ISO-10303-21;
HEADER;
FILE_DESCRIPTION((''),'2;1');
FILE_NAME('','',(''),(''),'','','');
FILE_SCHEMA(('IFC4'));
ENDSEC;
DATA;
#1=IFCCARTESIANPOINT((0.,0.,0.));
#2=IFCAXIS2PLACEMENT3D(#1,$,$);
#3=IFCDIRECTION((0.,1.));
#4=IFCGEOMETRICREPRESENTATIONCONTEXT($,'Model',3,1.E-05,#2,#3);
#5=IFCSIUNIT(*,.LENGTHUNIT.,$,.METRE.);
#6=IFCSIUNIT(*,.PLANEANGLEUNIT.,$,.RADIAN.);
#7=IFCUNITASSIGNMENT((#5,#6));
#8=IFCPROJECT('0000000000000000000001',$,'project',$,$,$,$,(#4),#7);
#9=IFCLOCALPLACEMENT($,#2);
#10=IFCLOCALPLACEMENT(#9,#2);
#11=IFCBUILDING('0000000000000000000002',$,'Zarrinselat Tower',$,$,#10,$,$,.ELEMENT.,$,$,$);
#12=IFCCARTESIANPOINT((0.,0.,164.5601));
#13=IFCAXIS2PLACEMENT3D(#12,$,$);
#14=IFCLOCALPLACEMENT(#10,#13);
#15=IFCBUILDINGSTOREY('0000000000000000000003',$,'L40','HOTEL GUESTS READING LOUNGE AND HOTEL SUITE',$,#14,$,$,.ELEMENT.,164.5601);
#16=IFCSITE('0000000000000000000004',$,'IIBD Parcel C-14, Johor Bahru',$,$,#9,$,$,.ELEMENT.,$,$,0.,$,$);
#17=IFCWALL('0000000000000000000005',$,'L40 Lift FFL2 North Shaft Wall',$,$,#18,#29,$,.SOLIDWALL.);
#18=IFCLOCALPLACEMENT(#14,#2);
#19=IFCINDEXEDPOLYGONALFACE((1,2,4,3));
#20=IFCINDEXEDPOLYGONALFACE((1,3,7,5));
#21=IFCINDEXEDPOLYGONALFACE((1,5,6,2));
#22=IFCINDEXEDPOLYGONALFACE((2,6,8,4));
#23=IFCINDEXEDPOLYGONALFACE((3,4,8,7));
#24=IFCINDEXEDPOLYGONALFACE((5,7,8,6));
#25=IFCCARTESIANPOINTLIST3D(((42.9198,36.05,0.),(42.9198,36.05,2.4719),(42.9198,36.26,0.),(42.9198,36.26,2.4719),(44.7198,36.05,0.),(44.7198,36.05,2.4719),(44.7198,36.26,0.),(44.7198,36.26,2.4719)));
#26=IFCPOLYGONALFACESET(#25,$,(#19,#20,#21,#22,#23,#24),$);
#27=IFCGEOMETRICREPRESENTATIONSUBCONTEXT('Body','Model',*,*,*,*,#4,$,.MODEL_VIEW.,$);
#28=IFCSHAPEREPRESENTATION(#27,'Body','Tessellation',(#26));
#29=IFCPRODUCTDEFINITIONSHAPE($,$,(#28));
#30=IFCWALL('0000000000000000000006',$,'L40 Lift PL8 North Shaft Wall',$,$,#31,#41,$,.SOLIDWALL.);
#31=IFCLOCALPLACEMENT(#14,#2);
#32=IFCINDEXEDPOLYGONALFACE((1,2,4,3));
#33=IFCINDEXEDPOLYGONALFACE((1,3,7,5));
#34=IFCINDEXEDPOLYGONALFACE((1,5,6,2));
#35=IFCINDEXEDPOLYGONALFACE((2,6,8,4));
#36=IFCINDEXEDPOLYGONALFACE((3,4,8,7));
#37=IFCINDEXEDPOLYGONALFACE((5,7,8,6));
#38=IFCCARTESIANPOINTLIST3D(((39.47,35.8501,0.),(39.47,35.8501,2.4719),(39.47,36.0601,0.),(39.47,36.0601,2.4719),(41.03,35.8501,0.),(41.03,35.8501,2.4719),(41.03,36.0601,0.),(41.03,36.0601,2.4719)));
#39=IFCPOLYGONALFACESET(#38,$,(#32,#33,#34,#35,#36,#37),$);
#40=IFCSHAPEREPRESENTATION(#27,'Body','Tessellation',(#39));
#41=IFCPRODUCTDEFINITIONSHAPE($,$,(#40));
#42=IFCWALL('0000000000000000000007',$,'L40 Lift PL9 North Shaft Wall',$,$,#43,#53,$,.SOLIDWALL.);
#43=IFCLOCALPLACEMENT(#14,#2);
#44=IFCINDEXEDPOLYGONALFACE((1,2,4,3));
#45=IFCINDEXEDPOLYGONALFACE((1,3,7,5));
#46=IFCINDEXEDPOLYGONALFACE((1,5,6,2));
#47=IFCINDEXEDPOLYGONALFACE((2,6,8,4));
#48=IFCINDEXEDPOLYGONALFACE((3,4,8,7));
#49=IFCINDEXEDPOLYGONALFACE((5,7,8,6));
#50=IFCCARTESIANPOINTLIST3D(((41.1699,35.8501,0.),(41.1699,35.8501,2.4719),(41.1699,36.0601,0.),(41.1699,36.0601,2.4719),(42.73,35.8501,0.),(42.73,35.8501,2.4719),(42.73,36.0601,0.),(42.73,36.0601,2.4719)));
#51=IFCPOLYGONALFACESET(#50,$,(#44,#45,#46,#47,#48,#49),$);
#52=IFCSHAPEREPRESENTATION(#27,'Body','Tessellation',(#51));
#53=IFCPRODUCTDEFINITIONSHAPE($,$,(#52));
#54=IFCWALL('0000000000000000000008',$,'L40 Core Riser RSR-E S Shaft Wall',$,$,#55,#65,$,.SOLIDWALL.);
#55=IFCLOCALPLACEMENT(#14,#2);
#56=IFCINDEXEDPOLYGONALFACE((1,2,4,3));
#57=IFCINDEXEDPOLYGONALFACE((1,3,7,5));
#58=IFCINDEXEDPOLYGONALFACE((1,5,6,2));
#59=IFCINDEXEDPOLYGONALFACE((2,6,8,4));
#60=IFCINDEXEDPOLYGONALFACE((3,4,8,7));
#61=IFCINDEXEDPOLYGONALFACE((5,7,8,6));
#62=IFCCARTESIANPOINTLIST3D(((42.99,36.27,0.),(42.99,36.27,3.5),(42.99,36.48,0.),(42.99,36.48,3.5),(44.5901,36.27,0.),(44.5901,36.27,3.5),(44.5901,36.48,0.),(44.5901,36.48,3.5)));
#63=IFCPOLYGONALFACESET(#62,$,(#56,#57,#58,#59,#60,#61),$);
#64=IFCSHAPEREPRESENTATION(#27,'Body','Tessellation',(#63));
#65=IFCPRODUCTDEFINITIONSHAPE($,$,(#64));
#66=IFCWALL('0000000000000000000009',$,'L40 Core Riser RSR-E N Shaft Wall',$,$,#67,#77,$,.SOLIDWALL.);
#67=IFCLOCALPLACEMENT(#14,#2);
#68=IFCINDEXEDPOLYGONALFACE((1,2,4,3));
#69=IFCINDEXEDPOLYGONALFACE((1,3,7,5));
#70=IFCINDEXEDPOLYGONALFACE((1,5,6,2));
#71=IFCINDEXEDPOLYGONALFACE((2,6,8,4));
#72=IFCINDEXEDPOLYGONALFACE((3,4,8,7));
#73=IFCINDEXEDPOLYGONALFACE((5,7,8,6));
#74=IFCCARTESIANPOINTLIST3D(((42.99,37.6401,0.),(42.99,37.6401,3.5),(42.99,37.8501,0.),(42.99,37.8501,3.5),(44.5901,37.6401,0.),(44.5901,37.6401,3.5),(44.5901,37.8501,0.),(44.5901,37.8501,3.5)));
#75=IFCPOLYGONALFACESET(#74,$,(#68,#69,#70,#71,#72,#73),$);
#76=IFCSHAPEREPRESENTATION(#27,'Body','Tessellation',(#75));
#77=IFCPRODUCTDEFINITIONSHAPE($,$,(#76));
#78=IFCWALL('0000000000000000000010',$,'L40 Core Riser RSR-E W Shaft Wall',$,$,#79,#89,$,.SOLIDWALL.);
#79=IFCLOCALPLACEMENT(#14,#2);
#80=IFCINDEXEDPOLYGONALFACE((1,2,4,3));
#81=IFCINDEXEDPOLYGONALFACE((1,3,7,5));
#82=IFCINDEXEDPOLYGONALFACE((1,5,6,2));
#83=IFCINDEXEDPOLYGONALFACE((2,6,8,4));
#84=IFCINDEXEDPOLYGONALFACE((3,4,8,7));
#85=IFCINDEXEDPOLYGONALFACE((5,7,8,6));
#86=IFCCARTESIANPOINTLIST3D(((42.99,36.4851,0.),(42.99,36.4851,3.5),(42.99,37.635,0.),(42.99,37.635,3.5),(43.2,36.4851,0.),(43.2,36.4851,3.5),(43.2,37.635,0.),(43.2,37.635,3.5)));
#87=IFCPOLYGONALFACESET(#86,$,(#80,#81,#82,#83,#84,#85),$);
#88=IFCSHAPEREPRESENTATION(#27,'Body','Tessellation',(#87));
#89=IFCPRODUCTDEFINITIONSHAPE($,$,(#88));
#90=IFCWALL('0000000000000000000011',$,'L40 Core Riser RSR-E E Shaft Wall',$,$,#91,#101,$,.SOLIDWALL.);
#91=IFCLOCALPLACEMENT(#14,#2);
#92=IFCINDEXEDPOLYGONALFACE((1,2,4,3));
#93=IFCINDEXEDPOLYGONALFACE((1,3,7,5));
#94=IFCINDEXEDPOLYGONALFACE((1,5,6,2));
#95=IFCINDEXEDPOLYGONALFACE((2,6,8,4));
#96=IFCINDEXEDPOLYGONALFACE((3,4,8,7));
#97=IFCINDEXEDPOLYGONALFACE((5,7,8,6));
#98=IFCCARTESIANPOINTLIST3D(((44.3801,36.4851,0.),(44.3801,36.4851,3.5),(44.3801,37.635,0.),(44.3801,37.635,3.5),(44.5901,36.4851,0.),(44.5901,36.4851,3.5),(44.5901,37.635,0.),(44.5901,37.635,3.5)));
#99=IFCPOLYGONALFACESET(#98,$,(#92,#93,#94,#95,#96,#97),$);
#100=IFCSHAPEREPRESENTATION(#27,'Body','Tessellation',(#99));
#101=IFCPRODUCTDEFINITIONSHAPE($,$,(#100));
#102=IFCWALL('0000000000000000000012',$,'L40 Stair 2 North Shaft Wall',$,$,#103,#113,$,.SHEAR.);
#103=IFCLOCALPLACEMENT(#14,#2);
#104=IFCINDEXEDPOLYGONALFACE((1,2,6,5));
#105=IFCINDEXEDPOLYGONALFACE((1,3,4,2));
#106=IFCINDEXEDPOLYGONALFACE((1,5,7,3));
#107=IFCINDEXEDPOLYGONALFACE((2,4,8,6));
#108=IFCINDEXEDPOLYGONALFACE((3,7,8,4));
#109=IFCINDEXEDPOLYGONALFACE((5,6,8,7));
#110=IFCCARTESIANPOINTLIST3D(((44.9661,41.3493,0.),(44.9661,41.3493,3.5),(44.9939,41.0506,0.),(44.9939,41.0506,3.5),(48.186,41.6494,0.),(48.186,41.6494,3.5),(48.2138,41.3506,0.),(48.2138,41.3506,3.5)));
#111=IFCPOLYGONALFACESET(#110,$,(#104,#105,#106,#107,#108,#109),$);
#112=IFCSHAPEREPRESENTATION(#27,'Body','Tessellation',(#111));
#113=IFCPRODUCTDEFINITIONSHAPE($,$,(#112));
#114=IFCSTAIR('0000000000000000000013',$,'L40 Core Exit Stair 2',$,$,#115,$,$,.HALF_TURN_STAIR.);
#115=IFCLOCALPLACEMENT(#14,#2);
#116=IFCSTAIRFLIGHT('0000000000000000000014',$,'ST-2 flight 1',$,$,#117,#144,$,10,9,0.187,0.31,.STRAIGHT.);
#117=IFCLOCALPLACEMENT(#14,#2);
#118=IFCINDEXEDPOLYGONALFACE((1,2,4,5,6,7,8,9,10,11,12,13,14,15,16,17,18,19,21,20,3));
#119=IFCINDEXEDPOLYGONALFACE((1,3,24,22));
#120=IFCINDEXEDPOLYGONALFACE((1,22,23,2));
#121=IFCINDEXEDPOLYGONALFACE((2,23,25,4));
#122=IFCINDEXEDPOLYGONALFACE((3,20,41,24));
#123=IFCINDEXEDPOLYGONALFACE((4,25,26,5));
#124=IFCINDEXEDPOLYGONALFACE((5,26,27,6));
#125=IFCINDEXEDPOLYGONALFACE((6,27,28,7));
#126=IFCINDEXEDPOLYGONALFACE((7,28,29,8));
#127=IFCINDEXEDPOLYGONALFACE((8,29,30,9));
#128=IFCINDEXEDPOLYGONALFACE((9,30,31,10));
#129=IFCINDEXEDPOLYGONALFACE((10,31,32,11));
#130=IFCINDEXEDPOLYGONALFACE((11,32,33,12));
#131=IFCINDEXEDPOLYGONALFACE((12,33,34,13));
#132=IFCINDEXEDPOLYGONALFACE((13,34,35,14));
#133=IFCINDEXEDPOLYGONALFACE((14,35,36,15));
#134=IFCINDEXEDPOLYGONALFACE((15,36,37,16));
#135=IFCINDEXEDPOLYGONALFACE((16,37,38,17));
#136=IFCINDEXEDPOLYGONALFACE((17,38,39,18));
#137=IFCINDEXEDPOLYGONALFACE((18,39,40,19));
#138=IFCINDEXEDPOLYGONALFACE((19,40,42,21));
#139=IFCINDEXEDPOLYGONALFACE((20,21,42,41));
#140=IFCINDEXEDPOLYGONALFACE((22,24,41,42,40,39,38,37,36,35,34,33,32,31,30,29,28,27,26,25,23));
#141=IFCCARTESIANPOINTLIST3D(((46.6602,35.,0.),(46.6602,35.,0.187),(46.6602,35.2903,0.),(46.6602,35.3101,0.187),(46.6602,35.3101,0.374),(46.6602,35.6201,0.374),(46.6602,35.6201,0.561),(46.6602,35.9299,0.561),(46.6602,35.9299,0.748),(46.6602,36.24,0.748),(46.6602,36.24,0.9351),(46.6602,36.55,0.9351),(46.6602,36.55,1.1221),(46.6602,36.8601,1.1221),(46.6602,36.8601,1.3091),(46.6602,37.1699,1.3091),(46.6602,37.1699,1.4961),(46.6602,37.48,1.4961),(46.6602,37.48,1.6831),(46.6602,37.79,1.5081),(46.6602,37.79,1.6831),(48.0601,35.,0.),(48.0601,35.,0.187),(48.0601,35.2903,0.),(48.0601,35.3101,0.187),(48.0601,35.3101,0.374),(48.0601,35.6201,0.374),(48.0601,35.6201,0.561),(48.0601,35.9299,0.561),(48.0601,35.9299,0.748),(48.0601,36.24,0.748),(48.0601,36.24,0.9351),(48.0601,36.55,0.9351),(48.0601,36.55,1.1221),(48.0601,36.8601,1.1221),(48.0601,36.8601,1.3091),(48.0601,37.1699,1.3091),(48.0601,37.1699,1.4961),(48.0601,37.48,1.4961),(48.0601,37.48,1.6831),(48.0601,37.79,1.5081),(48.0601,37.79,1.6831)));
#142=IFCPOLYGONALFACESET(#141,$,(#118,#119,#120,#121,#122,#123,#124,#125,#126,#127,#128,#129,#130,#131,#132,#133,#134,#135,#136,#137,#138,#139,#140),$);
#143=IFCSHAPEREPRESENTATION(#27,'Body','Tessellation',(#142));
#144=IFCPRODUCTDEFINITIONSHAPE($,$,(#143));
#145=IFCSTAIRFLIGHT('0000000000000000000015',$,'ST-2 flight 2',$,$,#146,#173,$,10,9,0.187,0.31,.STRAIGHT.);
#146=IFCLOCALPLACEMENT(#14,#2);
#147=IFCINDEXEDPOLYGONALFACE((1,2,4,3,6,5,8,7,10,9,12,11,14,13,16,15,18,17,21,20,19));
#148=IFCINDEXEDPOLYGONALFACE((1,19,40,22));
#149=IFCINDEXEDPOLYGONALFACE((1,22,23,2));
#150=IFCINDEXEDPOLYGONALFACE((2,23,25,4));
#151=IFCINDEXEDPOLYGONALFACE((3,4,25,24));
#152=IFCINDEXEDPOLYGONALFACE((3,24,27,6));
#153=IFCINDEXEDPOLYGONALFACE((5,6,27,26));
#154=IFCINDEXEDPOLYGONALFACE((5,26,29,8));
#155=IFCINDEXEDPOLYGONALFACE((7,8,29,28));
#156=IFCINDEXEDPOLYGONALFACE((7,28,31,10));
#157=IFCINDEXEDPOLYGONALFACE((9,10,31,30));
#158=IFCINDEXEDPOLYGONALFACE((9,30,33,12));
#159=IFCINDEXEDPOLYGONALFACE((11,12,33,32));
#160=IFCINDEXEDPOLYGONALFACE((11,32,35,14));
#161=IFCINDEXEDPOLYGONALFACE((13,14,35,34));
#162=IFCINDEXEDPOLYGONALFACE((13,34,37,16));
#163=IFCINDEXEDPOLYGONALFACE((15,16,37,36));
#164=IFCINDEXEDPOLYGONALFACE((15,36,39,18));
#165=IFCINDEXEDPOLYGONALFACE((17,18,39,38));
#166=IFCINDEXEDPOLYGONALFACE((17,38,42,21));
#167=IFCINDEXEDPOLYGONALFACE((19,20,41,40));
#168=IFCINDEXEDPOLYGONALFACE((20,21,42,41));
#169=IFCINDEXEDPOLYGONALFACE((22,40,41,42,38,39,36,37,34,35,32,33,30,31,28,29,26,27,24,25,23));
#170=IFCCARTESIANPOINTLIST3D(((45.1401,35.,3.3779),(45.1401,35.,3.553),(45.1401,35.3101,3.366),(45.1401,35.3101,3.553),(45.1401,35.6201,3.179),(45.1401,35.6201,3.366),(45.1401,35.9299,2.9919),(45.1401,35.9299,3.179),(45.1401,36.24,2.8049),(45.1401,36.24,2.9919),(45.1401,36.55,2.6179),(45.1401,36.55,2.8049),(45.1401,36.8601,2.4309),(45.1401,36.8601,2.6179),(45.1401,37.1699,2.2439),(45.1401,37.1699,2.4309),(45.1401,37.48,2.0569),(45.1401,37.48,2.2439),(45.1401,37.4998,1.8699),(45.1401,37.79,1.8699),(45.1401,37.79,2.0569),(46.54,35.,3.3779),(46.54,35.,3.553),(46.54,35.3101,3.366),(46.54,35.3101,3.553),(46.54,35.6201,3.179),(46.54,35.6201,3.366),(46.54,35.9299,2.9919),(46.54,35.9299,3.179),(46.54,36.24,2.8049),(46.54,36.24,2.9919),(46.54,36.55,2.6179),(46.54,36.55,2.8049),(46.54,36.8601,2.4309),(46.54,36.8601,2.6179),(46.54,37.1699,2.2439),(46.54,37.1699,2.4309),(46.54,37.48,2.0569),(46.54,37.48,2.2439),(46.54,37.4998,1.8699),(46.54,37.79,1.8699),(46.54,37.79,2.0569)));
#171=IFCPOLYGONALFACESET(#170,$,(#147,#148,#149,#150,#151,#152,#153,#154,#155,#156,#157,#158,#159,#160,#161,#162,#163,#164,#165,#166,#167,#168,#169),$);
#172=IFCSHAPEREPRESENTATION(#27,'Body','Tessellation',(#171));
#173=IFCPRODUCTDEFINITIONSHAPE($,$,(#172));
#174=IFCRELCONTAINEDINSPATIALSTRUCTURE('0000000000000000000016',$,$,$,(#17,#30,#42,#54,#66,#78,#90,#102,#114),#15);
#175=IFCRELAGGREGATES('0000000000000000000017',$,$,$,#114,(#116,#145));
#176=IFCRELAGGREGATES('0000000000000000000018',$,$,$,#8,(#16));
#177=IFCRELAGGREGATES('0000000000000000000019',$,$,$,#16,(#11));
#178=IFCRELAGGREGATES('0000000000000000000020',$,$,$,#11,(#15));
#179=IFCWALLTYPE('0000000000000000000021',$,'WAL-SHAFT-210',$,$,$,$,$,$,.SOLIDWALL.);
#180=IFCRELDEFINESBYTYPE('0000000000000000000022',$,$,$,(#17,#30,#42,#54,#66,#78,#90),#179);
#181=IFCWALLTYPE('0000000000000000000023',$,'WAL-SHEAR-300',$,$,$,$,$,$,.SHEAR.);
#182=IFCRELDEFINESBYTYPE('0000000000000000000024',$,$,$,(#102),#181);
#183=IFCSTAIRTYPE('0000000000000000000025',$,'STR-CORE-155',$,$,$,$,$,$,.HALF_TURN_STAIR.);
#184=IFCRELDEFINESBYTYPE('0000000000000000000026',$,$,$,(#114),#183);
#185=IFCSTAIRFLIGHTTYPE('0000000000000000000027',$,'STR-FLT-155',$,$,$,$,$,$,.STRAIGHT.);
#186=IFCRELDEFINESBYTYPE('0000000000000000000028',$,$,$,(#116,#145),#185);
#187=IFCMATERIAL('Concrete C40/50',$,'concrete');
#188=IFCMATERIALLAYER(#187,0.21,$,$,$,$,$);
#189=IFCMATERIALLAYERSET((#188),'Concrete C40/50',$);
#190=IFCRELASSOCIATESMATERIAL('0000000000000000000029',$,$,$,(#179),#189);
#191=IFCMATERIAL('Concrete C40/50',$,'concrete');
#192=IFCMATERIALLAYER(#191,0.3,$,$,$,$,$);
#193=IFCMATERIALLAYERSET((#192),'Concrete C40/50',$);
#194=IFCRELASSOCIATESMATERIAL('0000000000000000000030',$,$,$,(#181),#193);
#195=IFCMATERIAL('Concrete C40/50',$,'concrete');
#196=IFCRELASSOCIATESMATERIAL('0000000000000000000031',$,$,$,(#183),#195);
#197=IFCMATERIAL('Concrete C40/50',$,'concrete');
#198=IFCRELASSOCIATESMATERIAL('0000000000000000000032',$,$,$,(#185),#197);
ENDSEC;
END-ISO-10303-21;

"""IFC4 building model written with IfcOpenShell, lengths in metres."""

from ifc_helpers import new_model, si_unit, direction, frame, frame_2d, origin, place, context, subcontext, project, spatial, polyline, rectangle, outline, extrude, material, layer, layer_set, type_object, element, aggregate, save


model = new_model("IFC4")

# Units and contexts
model_context = context("Model", 3, precision=1e-05, world=origin(), true_north=direction((0.0, 1.0)))
body_context = subcontext(model_context, "Body", "Model", "MODEL_VIEW")
ifc_project = project(units=[si_unit("LENGTHUNIT", "METRE"), si_unit("PLANEANGLEUNIT", "RADIAN")], contexts=[model_context])

# Site, building, storey
site_placement = place(None, origin())
site = spatial("IfcSite", under=ifc_project, at=site_placement, Name="IIBD Parcel C-14, Johor Bahru", CompositionType="ELEMENT", RefElevation=0.0)
building_placement = place(site_placement, origin())
building = spatial("IfcBuilding", under=site, at=building_placement, Name="Zarrinselat Tower", CompositionType="ELEMENT")
storey_placement = place(building_placement, frame((0.0, 0.0, 164.5601)))
storey = spatial("IfcBuildingStorey", under=building, at=storey_placement, Name="L40", Description="HOTEL GUESTS READING LOUNGE AND HOTEL SUITE", CompositionType="ELEMENT", Elevation=164.5601)

# Walls
ifc_material_1 = material(Name="Concrete C40/50", Category="concrete")
ifc_layer_1 = layer(ifc_material_1, 0.21)
ifc_layer_set_1 = layer_set([ifc_layer_1], Name="Concrete C40/50")
wall_type_1 = type_object("IfcWallType", Name="WAL-SHAFT-210", PredefinedType="SOLIDWALL", material=ifc_layer_set_1)
wall_1_placement = place(storey_placement, frame((42.9199, 36.155, 0.0), z_axis=(0.0, 0.0, 1.0), x_axis=(1.0, 0.0, 0.0)))
element("IfcWall", 1, at=wall_1_placement, inside=storey, type_object=wall_type_1, Name="L40 Lift FFL2 North Shaft Wall", PredefinedType="SOLIDWALL", context=body_context, shape_type="SweptSolid", body=[
    extrude(rectangle(XDim=1.8, YDim=0.21, at=frame_2d((0.8999, 0.0))), origin(), (0.0, 0.0, 1.0), 2.4719),
])
for number, where, z_axis, x_axis, name in (
    (2, (39.47, 35.9551, 0.0), (0.0, 0.0, 1.0), (1.0, 0.0, 0.0), "L40 Lift PL8 North Shaft Wall"),
    (3, (41.1699, 35.9551, 0.0), (0.0, 0.0, 1.0), (1.0, 0.0, 0.0), "L40 Lift PL9 North Shaft Wall"),
):
    element("IfcWall", number, at=place(storey_placement, frame(where, z_axis=z_axis, x_axis=x_axis)), inside=storey, type_object=wall_type_1, Name=name, PredefinedType="SOLIDWALL", context=body_context, shape_type="SweptSolid", body=[
        extrude(rectangle(XDim=1.5601, YDim=0.21, at=frame_2d((0.78, 0.0))), origin(), (0.0, 0.0, 1.0), 2.4719),
    ])
for number, where, z_axis, x_axis, name in (
    (4, (42.99, 36.375, 0.0), (0.0, 0.0, 1.0), (1.0, 0.0, 0.0), "L40 Core Riser RSR-E S Shaft Wall"),
    (5, (42.99, 37.7451, 0.0), (0.0, 0.0, 1.0), (1.0, 0.0, 0.0), "L40 Core Riser RSR-E N Shaft Wall"),
):
    element("IfcWall", number, at=place(storey_placement, frame(where, z_axis=z_axis, x_axis=x_axis)), inside=storey, type_object=wall_type_1, Name=name, PredefinedType="SOLIDWALL", context=body_context, shape_type="SweptSolid", body=[
        extrude(rectangle(XDim=1.6001, YDim=0.21, at=frame_2d((0.8, 0.0))), origin(), (0.0, 0.0, 1.0), 3.5),
    ])
for number, where, z_axis, x_axis, name in (
    (6, (43.095, 36.4851, 0.0), (0.0, 0.0, 1.0), (0.0, 1.0, 0.0), "L40 Core Riser RSR-E W Shaft Wall"),
    (7, (44.4851, 36.4851, 0.0), (0.0, 0.0, 1.0), (0.0, 1.0, 0.0), "L40 Core Riser RSR-E E Shaft Wall"),
):
    element("IfcWall", number, at=place(storey_placement, frame(where, z_axis=z_axis, x_axis=x_axis)), inside=storey, type_object=wall_type_1, Name=name, PredefinedType="SOLIDWALL", context=body_context, shape_type="SweptSolid", body=[
        extrude(rectangle(XDim=1.1499, YDim=0.21, at=frame_2d((0.575, 0.0))), origin(), (0.0, 0.0, 1.0), 3.5),
    ])
ifc_material_2 = material(Name="Concrete C40/50", Category="concrete")
ifc_layer_2 = layer(ifc_material_2, 0.3)
ifc_layer_set_2 = layer_set([ifc_layer_2], Name="Concrete C40/50")
wall_type_2 = type_object("IfcWallType", Name="WAL-SHEAR-300", PredefinedType="SHEAR", material=ifc_layer_set_2)
wall_2_placement = place(storey_placement, frame((44.98, 41.2, 0.0), z_axis=(0.0, 0.0, 1.0), x_axis=(0.995686, 0.092782, 0.0)))
element("IfcWall", 8, at=wall_2_placement, inside=storey, type_object=wall_type_2, Name="L40 Stair 2 North Shaft Wall", PredefinedType="SHEAR", context=body_context, shape_type="SweptSolid", body=[
    extrude(rectangle(XDim=3.2339, YDim=0.3, at=frame_2d((1.6169, 0.0))), origin(), (0.0, 0.0, 1.0), 3.5),
])

# Stair, stair flights
ifc_material_3 = material(Name="Concrete C40/50", Category="concrete")
stair_type = type_object("IfcStairType", Name="STR-CORE-155", PredefinedType="HALF_TURN_STAIR", material=ifc_material_3)
stair_placement = place(storey_placement, origin())
stair = element("IfcStair", 9, at=stair_placement, inside=storey, type_object=stair_type, Name="L40 Core Exit Stair 2", PredefinedType="HALF_TURN_STAIR")
ifc_material_4 = material(Name="Concrete C40/50", Category="concrete")
stair_flight_type = type_object("IfcStairFlightType", Name="STR-FLT-155", PredefinedType="STRAIGHT", material=ifc_material_4)
stair_flight_1_placement = place(storey_placement, frame((47.3601, 35.0, 0.0), z_axis=(0.0, 0.0, 1.0), x_axis=(0.0, 1.0, 0.0)))
stair_flight_1 = element("IfcStairFlight", 10, at=stair_flight_1_placement, type_object=stair_flight_type, Name="ST-2 flight 1", NumberOfRisers=10, NumberOfTreads=9, PredefinedType="STRAIGHT", RiserHeight=0.187, TreadLength=0.31, context=body_context, shape_type="SweptSolid", body=[
    extrude(outline(polyline([(0.0, 0.0), (0.0, 0.187), (0.3101, 0.187), (0.3101, 0.374), (0.6201, 0.374), (0.6201, 0.561), (0.9299, 0.561), (0.9299, 0.748), (1.24, 0.748), (1.24, 0.9351), (1.55, 0.9351), (1.55, 1.1221), (1.8601, 1.1221), (1.8601, 1.3091), (2.1699, 1.3091), (2.1699, 1.4961), (2.48, 1.4961), (2.48, 1.6831), (2.79, 1.6831), (2.79, 1.8701), (2.79, 1.5081), (0.2903, 0.0), (0.0, 0.0)])), frame((0.0, 0.7, 0.0), z_axis=(0.0, -1.0, 0.0), x_axis=(1.0, 0.0, 0.0)), (0.0, 0.0, 1.0), 1.3999),
])
stair_flight_2_placement = place(storey_placement, frame((45.8401, 37.79, 1.8699), z_axis=(0.0, 0.0, 1.0), x_axis=(0.0, -1.0, 0.0)))
stair_flight_2 = element("IfcStairFlight", 11, at=stair_flight_2_placement, type_object=stair_flight_type, Name="ST-2 flight 2", NumberOfRisers=10, NumberOfTreads=9, PredefinedType="STRAIGHT", RiserHeight=0.187, TreadLength=0.31, context=body_context, shape_type="SweptSolid", body=[
    extrude(outline(polyline([(0.0, 0.0), (0.0, 0.187), (0.3101, 0.187), (0.3101, 0.374), (0.6201, 0.374), (0.6201, 0.561), (0.9299, 0.561), (0.9299, 0.748), (1.24, 0.748), (1.24, 0.9351), (1.55, 0.9351), (1.55, 1.1221), (1.8601, 1.1221), (1.8601, 1.3091), (2.1699, 1.3091), (2.1699, 1.4961), (2.48, 1.4961), (2.48, 1.6831), (2.79, 1.6831), (2.79, 1.8701), (2.79, 1.5081), (0.2903, 0.0), (0.0, 0.0)])), frame((0.0, 0.7, 0.0), z_axis=(0.0, -1.0, 0.0), x_axis=(1.0, 0.0, 0.0)), (0.0, 0.0, 1.0), 1.3999),
])
aggregate(stair, [stair_flight_1, stair_flight_2])

save(model, "model.ifc")
